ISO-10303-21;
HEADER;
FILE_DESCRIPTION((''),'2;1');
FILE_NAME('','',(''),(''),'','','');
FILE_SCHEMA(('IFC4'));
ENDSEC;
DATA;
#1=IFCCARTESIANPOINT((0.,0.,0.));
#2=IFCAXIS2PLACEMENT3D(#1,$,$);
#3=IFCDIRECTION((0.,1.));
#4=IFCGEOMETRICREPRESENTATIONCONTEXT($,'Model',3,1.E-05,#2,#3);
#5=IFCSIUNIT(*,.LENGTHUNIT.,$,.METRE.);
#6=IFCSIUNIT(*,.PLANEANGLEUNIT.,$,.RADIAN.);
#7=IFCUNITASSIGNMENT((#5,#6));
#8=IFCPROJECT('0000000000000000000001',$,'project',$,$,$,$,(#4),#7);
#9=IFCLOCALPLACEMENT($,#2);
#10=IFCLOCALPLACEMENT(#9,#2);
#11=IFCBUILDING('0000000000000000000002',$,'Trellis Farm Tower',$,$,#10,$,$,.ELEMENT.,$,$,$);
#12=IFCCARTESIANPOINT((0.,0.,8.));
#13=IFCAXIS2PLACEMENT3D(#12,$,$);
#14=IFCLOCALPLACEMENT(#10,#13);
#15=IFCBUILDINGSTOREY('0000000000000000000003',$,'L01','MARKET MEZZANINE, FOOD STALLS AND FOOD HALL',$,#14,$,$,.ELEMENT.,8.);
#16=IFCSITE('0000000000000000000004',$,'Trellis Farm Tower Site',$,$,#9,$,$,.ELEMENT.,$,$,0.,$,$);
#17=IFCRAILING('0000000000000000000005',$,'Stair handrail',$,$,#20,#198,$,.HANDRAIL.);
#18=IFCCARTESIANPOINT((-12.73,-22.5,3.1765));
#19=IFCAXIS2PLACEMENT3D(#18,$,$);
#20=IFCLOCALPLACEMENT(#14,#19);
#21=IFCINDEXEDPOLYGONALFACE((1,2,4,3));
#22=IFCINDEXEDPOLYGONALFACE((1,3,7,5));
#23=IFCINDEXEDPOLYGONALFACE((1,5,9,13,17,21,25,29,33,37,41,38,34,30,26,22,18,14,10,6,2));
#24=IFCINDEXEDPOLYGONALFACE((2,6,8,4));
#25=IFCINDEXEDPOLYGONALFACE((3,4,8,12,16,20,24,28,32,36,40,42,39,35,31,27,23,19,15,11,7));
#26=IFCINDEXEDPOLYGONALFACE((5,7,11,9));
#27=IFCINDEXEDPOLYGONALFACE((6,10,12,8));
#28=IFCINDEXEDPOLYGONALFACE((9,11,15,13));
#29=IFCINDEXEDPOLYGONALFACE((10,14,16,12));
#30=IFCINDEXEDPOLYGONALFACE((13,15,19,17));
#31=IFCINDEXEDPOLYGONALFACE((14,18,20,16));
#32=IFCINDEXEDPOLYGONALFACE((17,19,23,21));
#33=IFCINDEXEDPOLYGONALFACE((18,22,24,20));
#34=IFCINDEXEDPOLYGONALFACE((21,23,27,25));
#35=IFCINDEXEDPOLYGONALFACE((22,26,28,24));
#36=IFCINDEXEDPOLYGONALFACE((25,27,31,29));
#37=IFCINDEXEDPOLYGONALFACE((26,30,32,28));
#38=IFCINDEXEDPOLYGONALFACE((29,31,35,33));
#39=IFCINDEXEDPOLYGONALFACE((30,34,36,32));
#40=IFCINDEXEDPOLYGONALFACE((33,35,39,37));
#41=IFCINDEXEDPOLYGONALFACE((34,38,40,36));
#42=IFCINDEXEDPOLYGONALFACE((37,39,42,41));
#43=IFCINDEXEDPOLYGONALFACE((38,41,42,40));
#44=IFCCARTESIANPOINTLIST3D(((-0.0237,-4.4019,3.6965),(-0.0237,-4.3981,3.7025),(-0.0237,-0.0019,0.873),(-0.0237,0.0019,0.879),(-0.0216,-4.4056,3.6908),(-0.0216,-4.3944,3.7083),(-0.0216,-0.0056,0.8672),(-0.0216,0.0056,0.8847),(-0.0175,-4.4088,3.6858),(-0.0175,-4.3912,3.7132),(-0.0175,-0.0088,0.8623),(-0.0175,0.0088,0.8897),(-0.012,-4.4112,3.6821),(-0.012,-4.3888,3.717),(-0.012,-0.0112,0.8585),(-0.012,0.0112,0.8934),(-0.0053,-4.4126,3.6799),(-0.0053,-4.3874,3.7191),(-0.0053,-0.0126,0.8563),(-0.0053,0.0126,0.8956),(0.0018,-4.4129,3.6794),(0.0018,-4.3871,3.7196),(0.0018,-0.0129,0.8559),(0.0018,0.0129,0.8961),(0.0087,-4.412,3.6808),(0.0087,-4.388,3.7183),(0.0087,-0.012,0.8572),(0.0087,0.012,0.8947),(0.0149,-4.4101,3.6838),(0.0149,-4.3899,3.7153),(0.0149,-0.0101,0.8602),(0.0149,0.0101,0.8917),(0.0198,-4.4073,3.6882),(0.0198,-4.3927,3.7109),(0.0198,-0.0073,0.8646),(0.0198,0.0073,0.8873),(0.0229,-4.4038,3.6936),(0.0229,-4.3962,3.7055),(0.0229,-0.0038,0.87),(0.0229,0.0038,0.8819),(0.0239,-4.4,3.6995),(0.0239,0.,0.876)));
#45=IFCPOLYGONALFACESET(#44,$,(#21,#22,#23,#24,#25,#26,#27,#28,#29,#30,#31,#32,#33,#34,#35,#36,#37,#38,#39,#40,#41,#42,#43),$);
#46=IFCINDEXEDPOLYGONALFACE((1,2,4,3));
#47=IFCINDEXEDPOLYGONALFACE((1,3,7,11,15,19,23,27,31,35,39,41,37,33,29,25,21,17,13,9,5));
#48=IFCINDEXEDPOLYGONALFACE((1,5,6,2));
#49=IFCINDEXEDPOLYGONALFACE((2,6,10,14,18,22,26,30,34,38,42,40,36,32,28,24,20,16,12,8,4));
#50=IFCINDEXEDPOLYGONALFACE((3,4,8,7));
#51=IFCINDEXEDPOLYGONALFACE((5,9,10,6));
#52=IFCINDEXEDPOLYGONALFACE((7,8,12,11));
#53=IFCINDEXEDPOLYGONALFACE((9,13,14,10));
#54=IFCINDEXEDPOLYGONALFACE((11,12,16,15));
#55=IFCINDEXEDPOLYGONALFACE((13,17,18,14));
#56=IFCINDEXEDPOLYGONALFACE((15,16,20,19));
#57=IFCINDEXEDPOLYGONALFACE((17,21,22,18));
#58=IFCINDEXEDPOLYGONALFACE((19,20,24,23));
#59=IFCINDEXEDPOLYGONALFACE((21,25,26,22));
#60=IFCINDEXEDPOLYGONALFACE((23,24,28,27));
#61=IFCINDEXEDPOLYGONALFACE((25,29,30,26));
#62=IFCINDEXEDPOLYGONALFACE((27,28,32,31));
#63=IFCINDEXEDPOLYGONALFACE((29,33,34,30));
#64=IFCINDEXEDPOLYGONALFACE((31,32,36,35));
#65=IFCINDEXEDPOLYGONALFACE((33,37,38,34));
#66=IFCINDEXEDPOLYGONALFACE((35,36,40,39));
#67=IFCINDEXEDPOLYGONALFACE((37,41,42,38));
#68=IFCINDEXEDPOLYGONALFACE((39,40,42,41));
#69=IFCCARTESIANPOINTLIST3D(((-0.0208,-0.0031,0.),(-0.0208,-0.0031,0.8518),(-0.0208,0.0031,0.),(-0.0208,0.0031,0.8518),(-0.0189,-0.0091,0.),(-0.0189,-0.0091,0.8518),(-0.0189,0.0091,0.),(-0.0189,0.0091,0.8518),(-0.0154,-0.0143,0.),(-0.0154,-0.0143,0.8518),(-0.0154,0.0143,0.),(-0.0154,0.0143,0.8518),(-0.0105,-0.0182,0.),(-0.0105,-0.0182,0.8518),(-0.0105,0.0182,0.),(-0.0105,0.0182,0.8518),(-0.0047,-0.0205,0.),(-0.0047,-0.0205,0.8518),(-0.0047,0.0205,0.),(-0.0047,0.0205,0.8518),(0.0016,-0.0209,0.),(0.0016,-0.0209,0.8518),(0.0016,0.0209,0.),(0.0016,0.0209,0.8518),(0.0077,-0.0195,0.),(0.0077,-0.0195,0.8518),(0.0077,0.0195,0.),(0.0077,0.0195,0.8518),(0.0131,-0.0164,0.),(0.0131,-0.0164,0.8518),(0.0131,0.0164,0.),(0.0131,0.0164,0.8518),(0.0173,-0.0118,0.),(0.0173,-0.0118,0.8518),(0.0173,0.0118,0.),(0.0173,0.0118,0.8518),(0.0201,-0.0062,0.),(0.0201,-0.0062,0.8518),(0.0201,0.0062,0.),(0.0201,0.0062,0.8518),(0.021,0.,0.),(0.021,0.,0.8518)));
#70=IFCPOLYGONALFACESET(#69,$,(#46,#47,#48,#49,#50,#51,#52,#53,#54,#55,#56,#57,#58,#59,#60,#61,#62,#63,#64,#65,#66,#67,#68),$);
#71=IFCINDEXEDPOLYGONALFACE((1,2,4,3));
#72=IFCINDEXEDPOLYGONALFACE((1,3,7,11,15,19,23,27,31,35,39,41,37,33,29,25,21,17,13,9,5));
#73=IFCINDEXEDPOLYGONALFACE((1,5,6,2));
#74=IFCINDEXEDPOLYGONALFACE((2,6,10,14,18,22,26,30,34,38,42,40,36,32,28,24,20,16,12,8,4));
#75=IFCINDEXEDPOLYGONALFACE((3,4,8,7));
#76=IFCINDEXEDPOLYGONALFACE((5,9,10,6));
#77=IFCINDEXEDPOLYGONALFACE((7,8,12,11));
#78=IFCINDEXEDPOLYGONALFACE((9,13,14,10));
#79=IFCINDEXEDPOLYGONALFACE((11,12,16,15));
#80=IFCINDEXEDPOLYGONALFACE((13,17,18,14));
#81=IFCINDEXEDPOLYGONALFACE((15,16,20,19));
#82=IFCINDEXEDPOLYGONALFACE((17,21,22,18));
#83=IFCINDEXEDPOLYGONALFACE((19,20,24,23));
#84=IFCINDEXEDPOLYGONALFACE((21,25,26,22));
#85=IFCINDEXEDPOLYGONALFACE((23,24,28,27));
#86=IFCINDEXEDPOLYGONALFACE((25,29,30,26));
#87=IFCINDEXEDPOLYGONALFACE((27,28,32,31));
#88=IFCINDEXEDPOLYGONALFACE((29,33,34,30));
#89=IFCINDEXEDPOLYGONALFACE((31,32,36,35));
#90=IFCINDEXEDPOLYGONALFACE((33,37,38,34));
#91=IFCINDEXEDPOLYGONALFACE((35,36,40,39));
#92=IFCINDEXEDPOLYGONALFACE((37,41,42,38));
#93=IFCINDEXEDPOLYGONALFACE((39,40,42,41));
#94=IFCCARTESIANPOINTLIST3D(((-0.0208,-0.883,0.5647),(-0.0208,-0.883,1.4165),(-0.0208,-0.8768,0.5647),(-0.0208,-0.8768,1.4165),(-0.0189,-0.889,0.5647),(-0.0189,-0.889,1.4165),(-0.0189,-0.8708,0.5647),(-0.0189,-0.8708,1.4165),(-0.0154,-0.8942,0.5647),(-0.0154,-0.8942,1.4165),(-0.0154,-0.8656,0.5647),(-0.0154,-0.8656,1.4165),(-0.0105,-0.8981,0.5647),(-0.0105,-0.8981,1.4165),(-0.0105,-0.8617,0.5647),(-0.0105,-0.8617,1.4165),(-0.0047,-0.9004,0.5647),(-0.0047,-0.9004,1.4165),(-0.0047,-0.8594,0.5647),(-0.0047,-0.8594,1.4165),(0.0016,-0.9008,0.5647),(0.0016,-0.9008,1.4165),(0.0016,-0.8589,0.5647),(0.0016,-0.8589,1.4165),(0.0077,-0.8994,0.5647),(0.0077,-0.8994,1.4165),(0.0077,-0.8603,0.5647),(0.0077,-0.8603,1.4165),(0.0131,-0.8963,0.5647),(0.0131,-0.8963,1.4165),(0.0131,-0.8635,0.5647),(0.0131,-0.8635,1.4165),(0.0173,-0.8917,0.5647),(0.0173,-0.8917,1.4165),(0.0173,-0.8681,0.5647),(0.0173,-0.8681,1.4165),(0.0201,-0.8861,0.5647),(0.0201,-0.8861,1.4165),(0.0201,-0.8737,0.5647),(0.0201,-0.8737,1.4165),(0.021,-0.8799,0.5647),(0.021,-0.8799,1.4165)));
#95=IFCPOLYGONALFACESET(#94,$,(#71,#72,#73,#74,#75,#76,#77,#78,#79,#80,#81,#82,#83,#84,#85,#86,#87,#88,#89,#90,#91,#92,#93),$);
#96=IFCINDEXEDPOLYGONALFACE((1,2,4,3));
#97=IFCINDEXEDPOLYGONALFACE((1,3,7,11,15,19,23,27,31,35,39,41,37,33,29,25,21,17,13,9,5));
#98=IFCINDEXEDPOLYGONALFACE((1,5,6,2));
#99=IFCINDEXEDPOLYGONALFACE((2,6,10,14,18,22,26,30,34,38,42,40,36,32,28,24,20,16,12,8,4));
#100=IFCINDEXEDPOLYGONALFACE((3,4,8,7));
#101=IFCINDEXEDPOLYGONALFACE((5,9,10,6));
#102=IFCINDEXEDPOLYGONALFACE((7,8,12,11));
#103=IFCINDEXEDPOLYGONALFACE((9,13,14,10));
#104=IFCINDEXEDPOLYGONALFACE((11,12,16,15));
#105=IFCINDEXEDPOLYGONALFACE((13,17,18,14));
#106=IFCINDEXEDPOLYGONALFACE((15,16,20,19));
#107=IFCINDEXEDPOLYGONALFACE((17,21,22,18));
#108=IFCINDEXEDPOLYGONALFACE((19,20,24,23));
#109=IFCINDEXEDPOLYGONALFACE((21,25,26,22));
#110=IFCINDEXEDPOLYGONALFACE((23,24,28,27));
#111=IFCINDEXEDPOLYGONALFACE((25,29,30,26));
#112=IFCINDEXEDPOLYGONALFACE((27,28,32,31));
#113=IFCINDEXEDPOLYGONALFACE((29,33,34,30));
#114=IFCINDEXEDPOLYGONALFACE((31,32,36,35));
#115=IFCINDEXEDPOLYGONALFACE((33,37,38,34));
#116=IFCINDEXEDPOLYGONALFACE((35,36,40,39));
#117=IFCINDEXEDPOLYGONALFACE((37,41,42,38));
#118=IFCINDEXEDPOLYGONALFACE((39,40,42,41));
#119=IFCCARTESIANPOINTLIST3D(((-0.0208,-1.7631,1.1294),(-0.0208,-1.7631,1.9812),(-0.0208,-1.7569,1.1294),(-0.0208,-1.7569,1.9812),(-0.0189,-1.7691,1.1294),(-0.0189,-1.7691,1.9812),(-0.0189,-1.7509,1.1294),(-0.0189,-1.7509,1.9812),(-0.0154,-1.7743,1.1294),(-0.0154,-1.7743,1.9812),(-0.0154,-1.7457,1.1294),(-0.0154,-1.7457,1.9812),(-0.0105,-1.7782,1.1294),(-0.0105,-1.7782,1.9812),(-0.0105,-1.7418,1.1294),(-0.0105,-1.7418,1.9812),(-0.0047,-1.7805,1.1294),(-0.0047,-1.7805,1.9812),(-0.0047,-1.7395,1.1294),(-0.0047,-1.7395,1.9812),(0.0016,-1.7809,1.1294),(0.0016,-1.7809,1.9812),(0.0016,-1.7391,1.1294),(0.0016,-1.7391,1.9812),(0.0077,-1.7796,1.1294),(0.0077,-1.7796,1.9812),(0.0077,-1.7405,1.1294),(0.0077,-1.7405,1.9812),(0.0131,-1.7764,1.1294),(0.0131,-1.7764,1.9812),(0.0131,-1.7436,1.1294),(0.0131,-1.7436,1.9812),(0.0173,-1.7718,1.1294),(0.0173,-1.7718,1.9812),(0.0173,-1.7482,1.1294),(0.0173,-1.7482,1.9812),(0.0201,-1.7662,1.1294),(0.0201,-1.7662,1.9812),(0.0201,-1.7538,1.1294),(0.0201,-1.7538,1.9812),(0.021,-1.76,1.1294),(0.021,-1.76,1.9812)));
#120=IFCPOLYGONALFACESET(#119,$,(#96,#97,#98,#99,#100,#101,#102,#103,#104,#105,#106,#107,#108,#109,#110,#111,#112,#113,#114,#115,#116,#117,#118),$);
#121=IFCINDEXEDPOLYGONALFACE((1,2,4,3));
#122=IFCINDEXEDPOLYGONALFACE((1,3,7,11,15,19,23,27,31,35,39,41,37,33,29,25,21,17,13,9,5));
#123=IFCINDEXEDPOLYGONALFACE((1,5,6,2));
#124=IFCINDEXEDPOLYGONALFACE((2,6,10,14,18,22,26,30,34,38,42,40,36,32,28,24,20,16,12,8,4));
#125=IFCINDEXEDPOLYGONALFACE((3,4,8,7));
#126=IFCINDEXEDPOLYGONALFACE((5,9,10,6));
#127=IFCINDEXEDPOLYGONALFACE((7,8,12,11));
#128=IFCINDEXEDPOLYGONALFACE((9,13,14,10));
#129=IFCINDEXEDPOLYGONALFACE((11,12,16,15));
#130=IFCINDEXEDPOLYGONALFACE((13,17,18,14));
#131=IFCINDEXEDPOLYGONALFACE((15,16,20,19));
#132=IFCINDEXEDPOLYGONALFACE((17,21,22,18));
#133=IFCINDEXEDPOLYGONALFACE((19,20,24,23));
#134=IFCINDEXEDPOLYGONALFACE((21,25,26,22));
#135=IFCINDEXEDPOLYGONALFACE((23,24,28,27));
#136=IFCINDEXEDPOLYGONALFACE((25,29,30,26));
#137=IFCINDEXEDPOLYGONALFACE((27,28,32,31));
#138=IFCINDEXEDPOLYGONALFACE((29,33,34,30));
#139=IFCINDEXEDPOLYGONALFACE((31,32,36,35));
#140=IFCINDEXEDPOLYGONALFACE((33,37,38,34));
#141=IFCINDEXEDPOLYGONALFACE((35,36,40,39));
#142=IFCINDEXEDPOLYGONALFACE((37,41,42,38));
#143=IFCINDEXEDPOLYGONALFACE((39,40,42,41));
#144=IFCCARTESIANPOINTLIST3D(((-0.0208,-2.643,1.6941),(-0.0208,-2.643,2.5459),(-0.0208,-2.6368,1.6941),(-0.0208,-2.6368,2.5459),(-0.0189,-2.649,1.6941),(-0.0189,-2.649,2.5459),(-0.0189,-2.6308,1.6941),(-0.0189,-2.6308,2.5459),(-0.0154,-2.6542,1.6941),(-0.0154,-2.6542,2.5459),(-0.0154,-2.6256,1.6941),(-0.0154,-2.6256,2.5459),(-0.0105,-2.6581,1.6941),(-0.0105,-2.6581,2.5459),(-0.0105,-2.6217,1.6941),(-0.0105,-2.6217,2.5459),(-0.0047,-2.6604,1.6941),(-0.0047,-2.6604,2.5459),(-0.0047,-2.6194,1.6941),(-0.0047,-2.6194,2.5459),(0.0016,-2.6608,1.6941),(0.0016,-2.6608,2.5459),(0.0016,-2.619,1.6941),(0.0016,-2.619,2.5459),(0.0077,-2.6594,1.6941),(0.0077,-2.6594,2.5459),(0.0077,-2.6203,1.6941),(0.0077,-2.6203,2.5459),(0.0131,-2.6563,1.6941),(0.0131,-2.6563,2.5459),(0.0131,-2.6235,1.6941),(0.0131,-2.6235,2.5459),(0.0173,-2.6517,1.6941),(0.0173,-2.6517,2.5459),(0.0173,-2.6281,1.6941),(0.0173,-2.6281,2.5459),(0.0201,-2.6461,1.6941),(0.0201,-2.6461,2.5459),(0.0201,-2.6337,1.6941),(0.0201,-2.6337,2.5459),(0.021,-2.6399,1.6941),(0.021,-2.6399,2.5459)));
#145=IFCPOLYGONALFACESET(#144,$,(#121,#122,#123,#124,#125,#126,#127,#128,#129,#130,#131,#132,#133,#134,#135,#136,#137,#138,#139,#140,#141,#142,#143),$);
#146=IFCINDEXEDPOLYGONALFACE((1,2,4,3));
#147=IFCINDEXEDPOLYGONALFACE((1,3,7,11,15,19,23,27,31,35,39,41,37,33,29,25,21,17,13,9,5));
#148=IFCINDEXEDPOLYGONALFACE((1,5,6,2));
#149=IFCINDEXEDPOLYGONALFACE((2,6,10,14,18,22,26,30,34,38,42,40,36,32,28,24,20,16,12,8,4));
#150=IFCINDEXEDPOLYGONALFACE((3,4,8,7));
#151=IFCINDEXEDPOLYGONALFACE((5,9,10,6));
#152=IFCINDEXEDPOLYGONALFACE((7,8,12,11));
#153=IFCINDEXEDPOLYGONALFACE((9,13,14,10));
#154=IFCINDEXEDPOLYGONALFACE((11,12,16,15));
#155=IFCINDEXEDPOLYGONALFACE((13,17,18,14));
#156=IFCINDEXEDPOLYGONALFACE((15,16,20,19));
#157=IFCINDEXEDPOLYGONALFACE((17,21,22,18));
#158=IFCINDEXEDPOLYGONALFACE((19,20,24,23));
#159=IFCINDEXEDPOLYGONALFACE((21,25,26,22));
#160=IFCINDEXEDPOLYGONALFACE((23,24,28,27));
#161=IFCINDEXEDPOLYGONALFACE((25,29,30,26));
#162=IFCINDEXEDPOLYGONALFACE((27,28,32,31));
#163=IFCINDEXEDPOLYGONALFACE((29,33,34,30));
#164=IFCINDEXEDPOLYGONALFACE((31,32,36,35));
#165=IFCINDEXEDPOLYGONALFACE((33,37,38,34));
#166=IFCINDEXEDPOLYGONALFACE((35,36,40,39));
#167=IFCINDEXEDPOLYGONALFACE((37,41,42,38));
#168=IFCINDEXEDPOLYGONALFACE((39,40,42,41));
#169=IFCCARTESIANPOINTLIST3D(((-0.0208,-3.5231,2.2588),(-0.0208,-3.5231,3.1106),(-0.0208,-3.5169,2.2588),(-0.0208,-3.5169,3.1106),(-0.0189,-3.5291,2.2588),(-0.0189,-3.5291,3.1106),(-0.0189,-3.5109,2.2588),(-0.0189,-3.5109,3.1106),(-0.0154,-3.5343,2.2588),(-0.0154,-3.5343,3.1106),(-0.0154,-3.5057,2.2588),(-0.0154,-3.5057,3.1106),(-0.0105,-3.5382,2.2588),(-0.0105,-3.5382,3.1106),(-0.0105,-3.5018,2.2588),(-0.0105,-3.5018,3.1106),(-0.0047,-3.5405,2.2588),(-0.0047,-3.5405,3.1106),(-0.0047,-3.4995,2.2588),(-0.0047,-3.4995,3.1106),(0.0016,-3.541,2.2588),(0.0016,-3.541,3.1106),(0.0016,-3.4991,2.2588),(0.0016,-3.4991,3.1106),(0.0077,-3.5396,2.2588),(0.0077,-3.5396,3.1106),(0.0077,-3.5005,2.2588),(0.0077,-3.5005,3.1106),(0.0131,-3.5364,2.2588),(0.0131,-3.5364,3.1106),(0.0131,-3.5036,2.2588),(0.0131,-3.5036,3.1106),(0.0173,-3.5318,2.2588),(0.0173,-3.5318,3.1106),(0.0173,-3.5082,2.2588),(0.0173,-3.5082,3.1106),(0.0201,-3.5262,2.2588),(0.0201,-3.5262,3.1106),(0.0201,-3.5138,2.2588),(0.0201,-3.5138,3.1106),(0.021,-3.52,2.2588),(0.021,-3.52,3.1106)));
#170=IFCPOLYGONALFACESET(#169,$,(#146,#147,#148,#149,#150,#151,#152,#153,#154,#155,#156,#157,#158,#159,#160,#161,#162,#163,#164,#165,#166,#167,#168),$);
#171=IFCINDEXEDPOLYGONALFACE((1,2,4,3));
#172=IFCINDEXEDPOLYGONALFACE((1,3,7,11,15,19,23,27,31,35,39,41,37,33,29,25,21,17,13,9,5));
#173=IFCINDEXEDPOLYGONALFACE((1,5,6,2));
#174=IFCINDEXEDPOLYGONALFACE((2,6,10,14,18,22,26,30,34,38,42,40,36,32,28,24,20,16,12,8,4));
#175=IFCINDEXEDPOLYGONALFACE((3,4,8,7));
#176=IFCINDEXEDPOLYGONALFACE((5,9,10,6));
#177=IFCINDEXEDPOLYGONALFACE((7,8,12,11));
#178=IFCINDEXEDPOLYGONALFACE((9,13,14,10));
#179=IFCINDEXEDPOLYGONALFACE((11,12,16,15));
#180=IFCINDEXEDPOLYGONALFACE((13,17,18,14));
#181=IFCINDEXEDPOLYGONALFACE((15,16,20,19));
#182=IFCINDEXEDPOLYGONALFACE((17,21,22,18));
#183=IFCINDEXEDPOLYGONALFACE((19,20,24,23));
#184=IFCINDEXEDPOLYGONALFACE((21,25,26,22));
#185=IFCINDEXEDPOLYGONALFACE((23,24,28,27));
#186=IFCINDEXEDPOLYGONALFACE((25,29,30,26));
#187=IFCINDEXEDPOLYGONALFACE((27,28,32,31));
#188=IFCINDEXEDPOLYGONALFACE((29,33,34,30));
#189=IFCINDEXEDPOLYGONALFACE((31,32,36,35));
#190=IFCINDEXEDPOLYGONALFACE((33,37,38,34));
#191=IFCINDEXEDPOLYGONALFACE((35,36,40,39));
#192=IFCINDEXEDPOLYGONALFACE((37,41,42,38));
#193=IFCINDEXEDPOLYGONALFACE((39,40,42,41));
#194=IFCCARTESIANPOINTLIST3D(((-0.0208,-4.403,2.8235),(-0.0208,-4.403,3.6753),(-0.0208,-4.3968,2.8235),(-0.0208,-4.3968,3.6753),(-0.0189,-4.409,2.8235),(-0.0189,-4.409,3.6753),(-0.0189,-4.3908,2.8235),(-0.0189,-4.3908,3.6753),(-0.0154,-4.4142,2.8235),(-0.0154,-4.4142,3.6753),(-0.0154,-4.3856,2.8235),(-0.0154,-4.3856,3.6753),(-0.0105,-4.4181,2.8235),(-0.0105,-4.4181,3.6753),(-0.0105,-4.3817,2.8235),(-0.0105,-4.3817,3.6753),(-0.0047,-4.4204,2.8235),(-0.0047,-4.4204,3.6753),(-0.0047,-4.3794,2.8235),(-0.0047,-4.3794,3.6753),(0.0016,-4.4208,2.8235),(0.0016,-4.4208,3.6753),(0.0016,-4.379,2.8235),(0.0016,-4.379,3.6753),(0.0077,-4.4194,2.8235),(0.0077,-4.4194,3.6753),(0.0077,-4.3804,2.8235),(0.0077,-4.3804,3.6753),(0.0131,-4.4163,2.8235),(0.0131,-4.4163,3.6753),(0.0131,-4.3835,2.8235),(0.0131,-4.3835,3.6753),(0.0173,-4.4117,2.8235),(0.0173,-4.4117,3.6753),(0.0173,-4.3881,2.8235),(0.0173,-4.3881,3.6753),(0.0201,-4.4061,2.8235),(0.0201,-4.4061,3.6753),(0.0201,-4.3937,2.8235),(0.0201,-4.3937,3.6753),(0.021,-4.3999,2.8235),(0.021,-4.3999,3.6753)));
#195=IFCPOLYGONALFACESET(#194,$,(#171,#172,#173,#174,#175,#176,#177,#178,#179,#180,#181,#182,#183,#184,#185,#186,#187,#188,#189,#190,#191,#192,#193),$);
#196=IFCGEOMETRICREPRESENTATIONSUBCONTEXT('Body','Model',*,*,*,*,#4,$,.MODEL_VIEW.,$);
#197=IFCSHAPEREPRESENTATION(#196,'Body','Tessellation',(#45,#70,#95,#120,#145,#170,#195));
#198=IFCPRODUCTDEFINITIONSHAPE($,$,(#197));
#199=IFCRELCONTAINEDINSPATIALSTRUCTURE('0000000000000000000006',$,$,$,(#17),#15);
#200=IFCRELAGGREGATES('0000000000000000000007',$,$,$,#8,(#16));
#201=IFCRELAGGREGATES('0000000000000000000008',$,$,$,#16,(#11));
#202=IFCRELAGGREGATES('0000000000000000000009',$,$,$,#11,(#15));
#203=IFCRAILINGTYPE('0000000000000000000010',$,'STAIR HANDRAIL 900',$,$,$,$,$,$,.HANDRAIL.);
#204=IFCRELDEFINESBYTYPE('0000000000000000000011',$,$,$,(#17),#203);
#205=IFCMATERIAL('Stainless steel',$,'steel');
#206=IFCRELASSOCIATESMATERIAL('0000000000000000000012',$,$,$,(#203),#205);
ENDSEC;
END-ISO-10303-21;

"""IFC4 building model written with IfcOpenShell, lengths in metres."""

from ifc_helpers import new_model, si_unit, direction, frame, origin, origin_2d, place, context, subcontext, project, spatial, circle, extrude, source, transform, mapped, material, type_object, element, save


model = new_model("IFC4")

# Units and contexts
model_context = context("Model", 3, precision=1e-05, world=origin(), true_north=direction((0.0, 1.0)))
body_context = subcontext(model_context, "Body", "Model", "MODEL_VIEW")
ifc_project = project(units=[si_unit("LENGTHUNIT", "METRE"), si_unit("PLANEANGLEUNIT", "RADIAN")], contexts=[model_context])

# Site, building, storey
site_placement = place(None, origin())
site = spatial("IfcSite", under=ifc_project, at=site_placement, Name="Trellis Farm Tower Site", CompositionType="ELEMENT", RefElevation=0.0)
building_placement = place(site_placement, origin())
building = spatial("IfcBuilding", under=site, at=building_placement, Name="Trellis Farm Tower", CompositionType="ELEMENT")
storey_placement = place(building_placement, frame((0.0, 0.0, 8.0)))
storey = spatial("IfcBuildingStorey", under=building, at=storey_placement, Name="L01", Description="MARKET MEZZANINE, FOOD STALLS AND FOOD HALL", CompositionType="ELEMENT", Elevation=8.0)

# Railing
ifc_material_1 = material(Name="Stainless steel", Category="steel")
railing_type = type_object("IfcRailingType", Name="STAIR HANDRAIL 900", PredefinedType="HANDRAIL", material=ifc_material_1)
shared_shape_1 = source(origin(), body_context, "Body", "SweptSolid", [
    extrude(circle(Radius=0.0239, at=origin_2d()), frame((0.0, 0.0, 0.876), z_axis=(0.0, -0.841615, 0.540078), x_axis=(1.0, 0.0, 0.0)), (0.0, 0.0, 1.0), 5.228),
    extrude(circle(Radius=0.021, at=origin_2d()), origin(), (0.0, 0.0, 1.0), 0.8518),
    extrude(circle(Radius=0.021, at=origin_2d()), frame((0.0, -0.8799, 0.5647)), (0.0, 0.0, 1.0), 0.8518),
    extrude(circle(Radius=0.021, at=origin_2d()), frame((0.0, -1.76, 1.1294)), (0.0, 0.0, 1.0), 0.8518),
    extrude(circle(Radius=0.021, at=origin_2d()), frame((0.0, -2.6399, 1.6941)), (0.0, 0.0, 1.0), 0.8518),
    extrude(circle(Radius=0.021, at=origin_2d()), frame((0.0, -3.52, 2.2588)), (0.0, 0.0, 1.0), 0.8518),
    extrude(circle(Radius=0.021, at=origin_2d()), frame((0.0, -4.3999, 2.8235)), (0.0, 0.0, 1.0), 0.8518),
])
for number, where, name in (
    (1, (-12.73, -22.5, 3.1765), "Stair handrail"),
):
    element("IfcRailing", number, at=place(storey_placement, frame(where)), inside=storey, type_object=railing_type, Name=name, PredefinedType="HANDRAIL", context=body_context, shape_type="MappedRepresentation", body=[
        mapped(shared_shape_1, transform((0.0, 0.0, 0.0))),
    ])

save(model, "model.ifc")
